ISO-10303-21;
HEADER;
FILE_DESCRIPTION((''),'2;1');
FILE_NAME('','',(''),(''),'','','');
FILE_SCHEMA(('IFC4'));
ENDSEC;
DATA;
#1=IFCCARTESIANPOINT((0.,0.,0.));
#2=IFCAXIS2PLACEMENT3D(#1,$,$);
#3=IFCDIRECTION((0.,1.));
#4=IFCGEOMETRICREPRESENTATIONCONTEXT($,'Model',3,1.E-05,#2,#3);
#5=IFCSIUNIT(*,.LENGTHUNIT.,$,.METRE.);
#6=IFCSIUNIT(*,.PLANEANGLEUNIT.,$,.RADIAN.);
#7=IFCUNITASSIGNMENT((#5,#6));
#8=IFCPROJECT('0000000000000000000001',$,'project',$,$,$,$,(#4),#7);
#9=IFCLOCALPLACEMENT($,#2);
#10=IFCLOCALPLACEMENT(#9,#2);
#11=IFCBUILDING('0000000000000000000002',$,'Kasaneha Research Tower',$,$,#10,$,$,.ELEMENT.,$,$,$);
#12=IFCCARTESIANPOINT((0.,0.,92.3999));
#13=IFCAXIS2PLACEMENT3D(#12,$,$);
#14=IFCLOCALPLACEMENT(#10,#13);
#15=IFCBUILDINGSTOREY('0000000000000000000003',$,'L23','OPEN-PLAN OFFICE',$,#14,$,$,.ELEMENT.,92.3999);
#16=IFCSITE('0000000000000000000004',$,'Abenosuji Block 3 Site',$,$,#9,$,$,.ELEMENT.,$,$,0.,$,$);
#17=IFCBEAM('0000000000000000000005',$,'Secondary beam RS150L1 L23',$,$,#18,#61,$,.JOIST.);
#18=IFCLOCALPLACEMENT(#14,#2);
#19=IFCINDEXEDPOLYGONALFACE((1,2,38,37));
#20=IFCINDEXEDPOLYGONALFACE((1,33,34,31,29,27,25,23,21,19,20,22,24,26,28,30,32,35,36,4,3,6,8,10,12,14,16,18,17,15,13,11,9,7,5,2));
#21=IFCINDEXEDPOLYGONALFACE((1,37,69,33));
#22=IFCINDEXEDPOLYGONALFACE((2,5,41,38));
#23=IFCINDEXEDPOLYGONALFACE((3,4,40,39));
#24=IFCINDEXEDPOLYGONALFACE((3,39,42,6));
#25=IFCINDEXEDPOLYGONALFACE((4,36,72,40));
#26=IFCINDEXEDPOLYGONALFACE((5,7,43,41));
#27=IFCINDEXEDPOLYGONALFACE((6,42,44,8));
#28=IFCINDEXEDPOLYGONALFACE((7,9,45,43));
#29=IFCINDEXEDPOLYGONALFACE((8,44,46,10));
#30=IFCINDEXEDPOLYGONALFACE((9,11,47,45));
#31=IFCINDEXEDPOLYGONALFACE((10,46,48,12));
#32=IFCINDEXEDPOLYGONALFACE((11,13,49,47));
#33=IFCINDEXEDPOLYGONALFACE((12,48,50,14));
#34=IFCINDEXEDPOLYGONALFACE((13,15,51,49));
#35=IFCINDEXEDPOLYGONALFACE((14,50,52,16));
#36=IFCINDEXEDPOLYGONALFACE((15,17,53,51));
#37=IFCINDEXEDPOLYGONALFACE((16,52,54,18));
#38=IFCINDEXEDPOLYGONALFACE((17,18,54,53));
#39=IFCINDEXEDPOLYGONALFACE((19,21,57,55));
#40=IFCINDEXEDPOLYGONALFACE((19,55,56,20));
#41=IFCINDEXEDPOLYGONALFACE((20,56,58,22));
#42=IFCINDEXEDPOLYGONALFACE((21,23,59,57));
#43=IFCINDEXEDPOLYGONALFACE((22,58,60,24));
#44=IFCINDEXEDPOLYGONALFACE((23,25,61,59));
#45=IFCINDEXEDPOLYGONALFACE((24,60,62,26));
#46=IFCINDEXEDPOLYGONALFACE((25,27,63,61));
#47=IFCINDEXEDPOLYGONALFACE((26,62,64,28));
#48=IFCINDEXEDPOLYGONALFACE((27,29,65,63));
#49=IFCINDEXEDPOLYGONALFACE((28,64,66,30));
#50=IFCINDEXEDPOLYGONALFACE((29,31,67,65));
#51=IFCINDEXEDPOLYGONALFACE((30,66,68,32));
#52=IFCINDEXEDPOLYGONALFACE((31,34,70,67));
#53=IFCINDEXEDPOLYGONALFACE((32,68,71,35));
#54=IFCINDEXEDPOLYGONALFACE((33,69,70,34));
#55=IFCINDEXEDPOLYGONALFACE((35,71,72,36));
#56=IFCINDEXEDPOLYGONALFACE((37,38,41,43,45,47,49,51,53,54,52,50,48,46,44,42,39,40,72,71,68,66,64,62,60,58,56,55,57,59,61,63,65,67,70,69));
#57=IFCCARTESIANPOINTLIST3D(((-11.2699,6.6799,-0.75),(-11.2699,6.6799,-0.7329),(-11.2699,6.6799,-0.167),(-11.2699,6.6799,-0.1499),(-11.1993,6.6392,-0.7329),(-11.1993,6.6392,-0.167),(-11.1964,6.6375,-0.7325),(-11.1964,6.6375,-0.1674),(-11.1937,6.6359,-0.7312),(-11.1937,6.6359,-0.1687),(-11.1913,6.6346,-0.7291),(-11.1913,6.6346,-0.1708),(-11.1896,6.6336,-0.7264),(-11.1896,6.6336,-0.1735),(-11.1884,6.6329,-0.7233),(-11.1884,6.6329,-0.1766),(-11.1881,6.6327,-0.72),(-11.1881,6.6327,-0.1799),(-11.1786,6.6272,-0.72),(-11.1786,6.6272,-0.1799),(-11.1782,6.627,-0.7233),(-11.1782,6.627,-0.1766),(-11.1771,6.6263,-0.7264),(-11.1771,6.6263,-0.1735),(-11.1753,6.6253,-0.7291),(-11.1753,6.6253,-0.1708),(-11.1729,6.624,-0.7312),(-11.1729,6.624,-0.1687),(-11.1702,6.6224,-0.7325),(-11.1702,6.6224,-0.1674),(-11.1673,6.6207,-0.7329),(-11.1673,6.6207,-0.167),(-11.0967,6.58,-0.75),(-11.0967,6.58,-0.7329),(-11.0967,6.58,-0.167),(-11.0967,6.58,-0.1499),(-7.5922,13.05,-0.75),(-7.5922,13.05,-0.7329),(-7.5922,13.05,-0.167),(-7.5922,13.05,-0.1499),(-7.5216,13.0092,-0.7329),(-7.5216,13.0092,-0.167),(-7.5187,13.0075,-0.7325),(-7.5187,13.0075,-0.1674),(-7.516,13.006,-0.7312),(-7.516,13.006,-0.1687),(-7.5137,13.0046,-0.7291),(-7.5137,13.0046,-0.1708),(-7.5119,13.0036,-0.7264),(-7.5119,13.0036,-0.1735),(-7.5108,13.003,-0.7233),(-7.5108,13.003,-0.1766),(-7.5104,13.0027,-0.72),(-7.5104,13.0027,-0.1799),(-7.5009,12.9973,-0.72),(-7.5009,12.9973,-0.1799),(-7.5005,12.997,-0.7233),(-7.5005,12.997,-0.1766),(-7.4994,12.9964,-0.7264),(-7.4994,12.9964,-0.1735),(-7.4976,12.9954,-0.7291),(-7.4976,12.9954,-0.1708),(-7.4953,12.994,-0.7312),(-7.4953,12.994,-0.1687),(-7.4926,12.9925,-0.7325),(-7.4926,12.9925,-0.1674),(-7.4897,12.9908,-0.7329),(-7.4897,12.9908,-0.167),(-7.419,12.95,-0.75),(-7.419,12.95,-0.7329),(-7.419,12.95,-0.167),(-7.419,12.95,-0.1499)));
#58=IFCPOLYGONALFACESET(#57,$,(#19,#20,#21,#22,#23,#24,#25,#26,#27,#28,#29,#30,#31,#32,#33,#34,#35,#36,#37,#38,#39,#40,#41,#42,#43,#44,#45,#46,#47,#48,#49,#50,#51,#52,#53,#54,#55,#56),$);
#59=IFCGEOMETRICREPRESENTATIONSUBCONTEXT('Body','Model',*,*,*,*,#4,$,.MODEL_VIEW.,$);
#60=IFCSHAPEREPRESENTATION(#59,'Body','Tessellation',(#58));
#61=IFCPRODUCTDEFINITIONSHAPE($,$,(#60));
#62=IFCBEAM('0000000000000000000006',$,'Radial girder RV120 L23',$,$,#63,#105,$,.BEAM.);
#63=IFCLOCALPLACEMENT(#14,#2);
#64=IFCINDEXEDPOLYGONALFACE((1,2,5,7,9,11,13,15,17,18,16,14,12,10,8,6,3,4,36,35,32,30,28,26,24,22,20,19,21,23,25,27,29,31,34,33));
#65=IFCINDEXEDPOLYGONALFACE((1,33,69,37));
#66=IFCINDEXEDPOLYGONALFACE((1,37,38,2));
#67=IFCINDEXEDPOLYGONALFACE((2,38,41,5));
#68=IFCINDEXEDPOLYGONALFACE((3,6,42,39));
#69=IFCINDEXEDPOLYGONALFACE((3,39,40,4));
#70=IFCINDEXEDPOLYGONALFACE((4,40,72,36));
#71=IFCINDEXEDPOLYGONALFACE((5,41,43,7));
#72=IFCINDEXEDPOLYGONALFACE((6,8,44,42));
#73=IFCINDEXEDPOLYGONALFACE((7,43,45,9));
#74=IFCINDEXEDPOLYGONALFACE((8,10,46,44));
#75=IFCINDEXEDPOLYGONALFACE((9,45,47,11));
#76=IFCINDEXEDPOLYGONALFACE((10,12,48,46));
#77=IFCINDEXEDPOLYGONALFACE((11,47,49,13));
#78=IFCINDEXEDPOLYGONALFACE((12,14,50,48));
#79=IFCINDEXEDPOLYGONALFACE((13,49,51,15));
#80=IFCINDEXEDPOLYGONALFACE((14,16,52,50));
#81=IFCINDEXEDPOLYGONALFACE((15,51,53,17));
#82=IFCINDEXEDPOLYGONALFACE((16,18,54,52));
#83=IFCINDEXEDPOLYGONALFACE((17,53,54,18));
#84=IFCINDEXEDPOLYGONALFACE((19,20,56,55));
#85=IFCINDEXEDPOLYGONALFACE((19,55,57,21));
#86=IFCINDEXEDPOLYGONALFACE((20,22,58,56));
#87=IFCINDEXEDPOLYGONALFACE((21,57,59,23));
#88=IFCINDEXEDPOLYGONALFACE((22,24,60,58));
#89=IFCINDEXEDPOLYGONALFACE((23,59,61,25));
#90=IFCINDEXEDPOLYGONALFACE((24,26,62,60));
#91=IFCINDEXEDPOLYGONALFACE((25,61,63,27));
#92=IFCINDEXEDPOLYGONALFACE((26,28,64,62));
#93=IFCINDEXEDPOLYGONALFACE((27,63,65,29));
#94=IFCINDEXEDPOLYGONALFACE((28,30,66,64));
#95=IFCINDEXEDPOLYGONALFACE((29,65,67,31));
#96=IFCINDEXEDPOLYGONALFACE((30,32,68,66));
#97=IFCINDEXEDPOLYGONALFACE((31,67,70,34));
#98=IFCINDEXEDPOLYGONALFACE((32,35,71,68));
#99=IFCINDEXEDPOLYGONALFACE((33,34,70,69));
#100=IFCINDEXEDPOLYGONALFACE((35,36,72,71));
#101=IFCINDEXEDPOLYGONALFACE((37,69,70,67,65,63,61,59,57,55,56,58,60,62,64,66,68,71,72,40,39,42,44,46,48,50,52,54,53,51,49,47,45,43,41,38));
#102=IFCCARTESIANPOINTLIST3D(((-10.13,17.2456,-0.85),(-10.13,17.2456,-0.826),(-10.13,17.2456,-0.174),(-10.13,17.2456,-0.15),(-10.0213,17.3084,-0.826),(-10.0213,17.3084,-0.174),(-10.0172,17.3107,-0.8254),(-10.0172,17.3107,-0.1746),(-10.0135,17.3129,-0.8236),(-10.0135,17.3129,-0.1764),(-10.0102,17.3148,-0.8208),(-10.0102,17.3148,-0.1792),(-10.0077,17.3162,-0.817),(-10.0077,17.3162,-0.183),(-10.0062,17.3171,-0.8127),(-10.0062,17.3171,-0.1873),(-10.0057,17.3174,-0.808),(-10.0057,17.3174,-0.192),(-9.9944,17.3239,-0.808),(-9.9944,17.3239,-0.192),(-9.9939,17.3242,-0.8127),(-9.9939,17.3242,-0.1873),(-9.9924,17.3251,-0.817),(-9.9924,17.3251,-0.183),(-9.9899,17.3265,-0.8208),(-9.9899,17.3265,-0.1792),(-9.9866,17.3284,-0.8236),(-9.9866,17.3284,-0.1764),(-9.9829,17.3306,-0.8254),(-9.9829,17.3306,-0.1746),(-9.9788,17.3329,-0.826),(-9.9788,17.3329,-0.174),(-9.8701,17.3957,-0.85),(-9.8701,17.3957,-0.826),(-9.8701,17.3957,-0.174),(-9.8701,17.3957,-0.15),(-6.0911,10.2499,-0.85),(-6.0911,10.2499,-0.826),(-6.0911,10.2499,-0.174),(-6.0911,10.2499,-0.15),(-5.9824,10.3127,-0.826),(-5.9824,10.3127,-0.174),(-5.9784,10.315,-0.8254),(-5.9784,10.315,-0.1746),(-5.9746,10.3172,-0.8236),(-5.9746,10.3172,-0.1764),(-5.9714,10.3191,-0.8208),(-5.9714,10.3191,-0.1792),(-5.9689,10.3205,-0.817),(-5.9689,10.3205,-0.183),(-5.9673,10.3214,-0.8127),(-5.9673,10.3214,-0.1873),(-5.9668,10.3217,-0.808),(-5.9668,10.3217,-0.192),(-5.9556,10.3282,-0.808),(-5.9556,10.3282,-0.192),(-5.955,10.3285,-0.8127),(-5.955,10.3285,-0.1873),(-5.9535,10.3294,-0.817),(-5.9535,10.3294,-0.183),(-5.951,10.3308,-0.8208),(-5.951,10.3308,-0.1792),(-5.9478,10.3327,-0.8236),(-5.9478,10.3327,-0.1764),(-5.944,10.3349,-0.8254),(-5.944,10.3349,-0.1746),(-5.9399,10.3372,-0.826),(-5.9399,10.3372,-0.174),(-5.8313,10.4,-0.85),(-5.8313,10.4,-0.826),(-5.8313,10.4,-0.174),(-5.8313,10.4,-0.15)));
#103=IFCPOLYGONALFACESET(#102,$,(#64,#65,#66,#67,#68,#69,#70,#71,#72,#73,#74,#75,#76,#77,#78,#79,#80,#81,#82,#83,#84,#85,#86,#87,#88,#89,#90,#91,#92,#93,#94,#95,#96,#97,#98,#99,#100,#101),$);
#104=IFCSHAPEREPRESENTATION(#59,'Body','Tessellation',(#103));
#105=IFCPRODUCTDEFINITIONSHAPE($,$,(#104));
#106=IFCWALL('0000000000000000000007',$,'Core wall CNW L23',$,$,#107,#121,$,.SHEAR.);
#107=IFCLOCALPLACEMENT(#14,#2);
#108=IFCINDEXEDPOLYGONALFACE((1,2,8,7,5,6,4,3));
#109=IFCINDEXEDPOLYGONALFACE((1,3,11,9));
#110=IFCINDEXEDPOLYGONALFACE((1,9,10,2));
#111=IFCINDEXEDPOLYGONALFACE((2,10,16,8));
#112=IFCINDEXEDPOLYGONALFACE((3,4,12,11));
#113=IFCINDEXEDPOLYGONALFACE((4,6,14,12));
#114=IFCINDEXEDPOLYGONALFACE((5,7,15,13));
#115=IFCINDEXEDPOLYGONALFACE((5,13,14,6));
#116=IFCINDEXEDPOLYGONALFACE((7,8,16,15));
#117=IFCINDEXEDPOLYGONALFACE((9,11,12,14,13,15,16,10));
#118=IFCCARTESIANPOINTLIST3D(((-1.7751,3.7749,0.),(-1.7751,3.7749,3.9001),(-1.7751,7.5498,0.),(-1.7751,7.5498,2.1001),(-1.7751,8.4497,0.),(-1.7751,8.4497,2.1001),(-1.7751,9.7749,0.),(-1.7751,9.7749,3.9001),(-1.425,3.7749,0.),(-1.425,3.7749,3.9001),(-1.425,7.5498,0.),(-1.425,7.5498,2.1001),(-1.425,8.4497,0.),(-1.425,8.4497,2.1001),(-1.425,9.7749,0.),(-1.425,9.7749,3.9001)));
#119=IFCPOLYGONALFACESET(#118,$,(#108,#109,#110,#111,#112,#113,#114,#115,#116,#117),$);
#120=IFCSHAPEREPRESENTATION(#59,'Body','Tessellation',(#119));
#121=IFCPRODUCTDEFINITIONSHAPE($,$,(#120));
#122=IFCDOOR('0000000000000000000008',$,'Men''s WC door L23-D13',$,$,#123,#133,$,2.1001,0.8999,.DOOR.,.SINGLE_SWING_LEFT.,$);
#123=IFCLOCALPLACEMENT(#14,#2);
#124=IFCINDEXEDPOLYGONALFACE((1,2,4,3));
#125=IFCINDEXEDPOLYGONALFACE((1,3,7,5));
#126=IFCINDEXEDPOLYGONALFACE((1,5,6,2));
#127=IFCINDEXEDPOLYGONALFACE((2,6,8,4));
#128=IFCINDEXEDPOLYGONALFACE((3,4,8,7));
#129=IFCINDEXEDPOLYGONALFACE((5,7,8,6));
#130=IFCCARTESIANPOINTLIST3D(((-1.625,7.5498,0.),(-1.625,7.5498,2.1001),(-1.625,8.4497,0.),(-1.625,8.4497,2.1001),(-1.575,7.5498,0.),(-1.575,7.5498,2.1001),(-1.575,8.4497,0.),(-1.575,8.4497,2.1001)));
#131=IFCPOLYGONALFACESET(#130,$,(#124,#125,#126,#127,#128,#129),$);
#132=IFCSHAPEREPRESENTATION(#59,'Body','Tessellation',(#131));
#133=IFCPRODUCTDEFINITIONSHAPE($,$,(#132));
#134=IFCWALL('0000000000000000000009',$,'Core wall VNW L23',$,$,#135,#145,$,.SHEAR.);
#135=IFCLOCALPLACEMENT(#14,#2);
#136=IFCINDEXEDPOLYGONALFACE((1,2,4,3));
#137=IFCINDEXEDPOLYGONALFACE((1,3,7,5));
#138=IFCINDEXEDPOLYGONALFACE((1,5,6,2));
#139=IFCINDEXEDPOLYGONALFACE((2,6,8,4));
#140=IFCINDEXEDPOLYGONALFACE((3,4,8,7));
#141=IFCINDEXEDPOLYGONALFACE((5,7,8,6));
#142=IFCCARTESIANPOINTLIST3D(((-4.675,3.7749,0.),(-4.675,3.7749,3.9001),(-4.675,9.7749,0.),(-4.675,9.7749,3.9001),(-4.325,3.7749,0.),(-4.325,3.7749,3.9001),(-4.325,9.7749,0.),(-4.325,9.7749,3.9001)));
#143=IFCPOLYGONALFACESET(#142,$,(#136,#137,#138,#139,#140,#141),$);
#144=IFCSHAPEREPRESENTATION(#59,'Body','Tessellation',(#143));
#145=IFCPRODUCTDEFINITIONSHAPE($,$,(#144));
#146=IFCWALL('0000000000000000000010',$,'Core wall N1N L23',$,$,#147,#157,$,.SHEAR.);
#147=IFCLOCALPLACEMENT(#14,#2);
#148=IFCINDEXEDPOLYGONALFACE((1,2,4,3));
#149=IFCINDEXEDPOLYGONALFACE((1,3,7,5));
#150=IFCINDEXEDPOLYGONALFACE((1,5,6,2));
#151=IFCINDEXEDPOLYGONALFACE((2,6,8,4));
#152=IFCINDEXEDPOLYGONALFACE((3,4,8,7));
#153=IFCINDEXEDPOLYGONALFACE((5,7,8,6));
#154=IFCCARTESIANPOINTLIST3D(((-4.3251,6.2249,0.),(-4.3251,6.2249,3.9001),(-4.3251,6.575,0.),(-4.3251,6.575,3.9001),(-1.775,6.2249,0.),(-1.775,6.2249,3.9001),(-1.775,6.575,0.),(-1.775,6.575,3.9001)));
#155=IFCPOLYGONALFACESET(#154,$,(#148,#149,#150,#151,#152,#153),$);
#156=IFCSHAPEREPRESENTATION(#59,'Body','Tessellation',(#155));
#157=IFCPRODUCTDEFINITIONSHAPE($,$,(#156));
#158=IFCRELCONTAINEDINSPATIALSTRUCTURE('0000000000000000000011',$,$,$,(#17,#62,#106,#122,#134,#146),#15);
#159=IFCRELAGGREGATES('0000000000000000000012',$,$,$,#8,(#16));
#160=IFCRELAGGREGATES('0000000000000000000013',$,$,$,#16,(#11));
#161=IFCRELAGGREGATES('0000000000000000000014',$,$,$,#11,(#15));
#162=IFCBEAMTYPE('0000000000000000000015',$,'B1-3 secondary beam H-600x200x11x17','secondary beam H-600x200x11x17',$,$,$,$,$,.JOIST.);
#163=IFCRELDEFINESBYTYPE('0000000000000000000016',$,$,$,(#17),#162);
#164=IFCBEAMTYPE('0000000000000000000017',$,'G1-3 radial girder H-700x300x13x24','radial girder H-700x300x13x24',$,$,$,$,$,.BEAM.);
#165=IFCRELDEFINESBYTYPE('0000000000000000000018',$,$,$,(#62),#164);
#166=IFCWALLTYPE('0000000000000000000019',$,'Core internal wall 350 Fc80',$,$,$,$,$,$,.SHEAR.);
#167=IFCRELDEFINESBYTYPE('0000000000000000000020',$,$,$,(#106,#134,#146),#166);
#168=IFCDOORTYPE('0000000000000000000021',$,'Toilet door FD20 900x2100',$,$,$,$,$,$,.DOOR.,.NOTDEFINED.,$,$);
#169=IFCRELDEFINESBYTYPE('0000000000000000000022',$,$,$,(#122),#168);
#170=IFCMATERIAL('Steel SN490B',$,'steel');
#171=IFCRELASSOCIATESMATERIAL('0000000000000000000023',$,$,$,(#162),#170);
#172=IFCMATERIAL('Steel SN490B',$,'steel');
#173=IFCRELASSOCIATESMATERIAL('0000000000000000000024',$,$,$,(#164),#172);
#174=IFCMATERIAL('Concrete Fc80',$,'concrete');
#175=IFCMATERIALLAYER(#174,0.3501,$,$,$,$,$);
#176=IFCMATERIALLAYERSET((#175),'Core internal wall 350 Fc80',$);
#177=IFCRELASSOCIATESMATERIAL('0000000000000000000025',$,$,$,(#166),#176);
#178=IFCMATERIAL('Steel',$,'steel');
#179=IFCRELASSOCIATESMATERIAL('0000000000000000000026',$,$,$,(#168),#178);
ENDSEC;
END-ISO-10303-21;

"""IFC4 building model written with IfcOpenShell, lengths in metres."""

from ifc_helpers import new_model, si_unit, direction, frame, frame_2d, origin, origin_2d, place, context, subcontext, project, spatial, rectangle, i_section, extrude, material, layer, layer_set, material_profile, profile_set, type_object, element, fill, save


model = new_model("IFC4")

# Units and contexts
model_context = context("Model", 3, precision=1e-05, world=origin(), true_north=direction((0.0, 1.0)))
body_context = subcontext(model_context, "Body", "Model", "MODEL_VIEW")
ifc_project = project(units=[si_unit("LENGTHUNIT", "METRE"), si_unit("PLANEANGLEUNIT", "RADIAN")], contexts=[model_context])

# Site, building, storey
site_placement = place(None, origin())
site = spatial("IfcSite", under=ifc_project, at=site_placement, Name="Abenosuji Block 3 Site", CompositionType="ELEMENT", RefElevation=0.0)
building_placement = place(site_placement, origin())
building = spatial("IfcBuilding", under=site, at=building_placement, Name="Kasaneha Research Tower", CompositionType="ELEMENT")
storey_placement = place(building_placement, frame((0.0, 0.0, 92.3999)))
storey = spatial("IfcBuildingStorey", under=building, at=storey_placement, Name="L23", Description="OPEN-PLAN OFFICE", CompositionType="ELEMENT", Elevation=92.3999)

# Beams
ifc_material_1 = material(Name="Steel SN490B", Category="steel")
ifc_material_profile_1 = material_profile(ifc_material_1, i_section(OverallWidth=0.2, OverallDepth=0.6001, WebThickness=0.011, FlangeThickness=0.0171, FilletRadius=0.0129, at=origin_2d()), Name="H-600x200x11x17")
ifc_profile_set_1 = profile_set([ifc_material_profile_1], Name="Steel SN490B")
beam_type_1 = type_object("IfcBeamType", Name="B1-3 secondary beam H-600x200x11x17", Description="secondary beam H-600x200x11x17", PredefinedType="JOIST", material=ifc_profile_set_1)
beam_1_placement = place(storey_placement, frame((-7.5056, 13.0, -0.45), z_axis=(-0.499994, -0.866029, 0.0), x_axis=(0.866029, -0.499994, 0.0)))
element("IfcBeam", 1, at=beam_1_placement, inside=storey, type_object=beam_type_1, Name="Secondary beam RS150L1 L23", PredefinedType="JOIST", context=body_context, shape_type="SweptSolid", body=[
    extrude(i_section(OverallWidth=0.2, OverallDepth=0.6001, WebThickness=0.011, FlangeThickness=0.0171, FilletRadius=0.0129, at=origin_2d()), origin(), (0.0, 0.0, 1.0), 7.3555),
])
ifc_material_2 = material(Name="Steel SN490B", Category="steel")
ifc_material_profile_2 = material_profile(ifc_material_2, i_section(OverallWidth=0.3, OverallDepth=0.7, WebThickness=0.0129, FlangeThickness=0.0239, FilletRadius=0.0181, at=origin_2d()), Name="H-700x300x13x24")
ifc_profile_set_2 = profile_set([ifc_material_profile_2], Name="Steel SN490B")
beam_type_2 = type_object("IfcBeamType", Name="G1-3 radial girder H-700x300x13x24", Description="radial girder H-700x300x13x24", PredefinedType="BEAM", material=ifc_profile_set_2)
beam_2_placement = place(storey_placement, frame((-5.9612, 10.325, -0.5), z_axis=(-0.499991, 0.866031, 0.0), x_axis=(-0.866031, -0.499991, 0.0)))
element("IfcBeam", 2, at=beam_2_placement, inside=storey, type_object=beam_type_2, Name="Radial girder RV120 L23", PredefinedType="BEAM", context=body_context, shape_type="SweptSolid", body=[
    extrude(i_section(OverallWidth=0.3, OverallDepth=0.7, WebThickness=0.0129, FlangeThickness=0.0239, FilletRadius=0.0181, at=origin_2d()), origin(), (0.0, 0.0, 1.0), 8.0779),
])

# Wall, opening, door
ifc_material_3 = material(Name="Concrete Fc80", Category="concrete")
ifc_layer_1 = layer(ifc_material_3, 0.3501)
ifc_layer_set_1 = layer_set([ifc_layer_1], Name="Core internal wall 350 Fc80")
wall_type_1 = type_object("IfcWallType", Name="Core internal wall 350 Fc80", PredefinedType="SHEAR", material=ifc_layer_set_1)
wall_1_placement = place(storey_placement, frame((-1.6001, 3.7749, 0.0), z_axis=(0.0, 0.0, 1.0), x_axis=(0.0, 1.0, 0.0)))
wall_1 = element("IfcWall", 3, at=wall_1_placement, inside=storey, type_object=wall_type_1, Name="Core wall CNW L23", PredefinedType="SHEAR", context=body_context, shape_type="SweptSolid", body=[
    extrude(rectangle(XDim=6.0, YDim=0.3501, at=frame_2d((3.0, 0.0))), origin(), (0.0, 0.0, 1.0), 3.9001),
])
opening_1_placement = place(wall_1_placement, frame((3.7749, 0.0, 0.0)))
opening_1 = element("IfcOpeningElement", 4, at=opening_1_placement, cuts=wall_1, PredefinedType="OPENING", context=body_context, shape_type="SweptSolid", body=[
    extrude(rectangle(XDim=0.8999, YDim=2.1001, at=frame_2d((0.45, 1.05))), frame((0.0, 0.1851, 0.0), z_axis=(0.0, -1.0, 0.0), x_axis=(1.0, 0.0, 0.0)), (0.0, 0.0, 1.0), 0.3701),
])
ifc_material_4 = material(Name="Steel", Category="steel")
door_type_1 = type_object("IfcDoorType", Name="Toilet door FD20 900x2100", OperationType="NOTDEFINED", PredefinedType="DOOR", material=ifc_material_4)
door_1_placement = place(opening_1_placement, origin())
door_1 = element("IfcDoor", 5, at=door_1_placement, inside=storey, type_object=door_type_1, Name="Men's WC door L23-D13", OperationType="SINGLE_SWING_LEFT", OverallHeight=2.1001, OverallWidth=0.8999, PredefinedType="DOOR", context=body_context, shape_type="SweptSolid", body=[
    extrude(rectangle(XDim=0.8999, YDim=2.1001, at=frame_2d((0.45, 1.05))), frame((0.0, 0.0249, 0.0), z_axis=(0.0, -1.0, 0.0), x_axis=(1.0, 0.0, 0.0)), (0.0, 0.0, 1.0), 0.05),
])
fill(opening_1, door_1)

# Walls
wall_2_placement = place(storey_placement, frame((-4.5, 3.7749, 0.0), z_axis=(0.0, 0.0, 1.0), x_axis=(0.0, 1.0, 0.0)))
element("IfcWall", 6, at=wall_2_placement, inside=storey, type_object=wall_type_1, Name="Core wall VNW L23", PredefinedType="SHEAR", context=body_context, shape_type="SweptSolid", body=[
    extrude(rectangle(XDim=6.0, YDim=0.3501, at=frame_2d((3.0, 0.0))), origin(), (0.0, 0.0, 1.0), 3.9001),
])
wall_3_placement = place(storey_placement, frame((-4.325, 6.3999, 0.0), z_axis=(0.0, 0.0, 1.0), x_axis=(1.0, 0.0, 0.0)))
element("IfcWall", 7, at=wall_3_placement, inside=storey, type_object=wall_type_1, Name="Core wall N1N L23", PredefinedType="SHEAR", context=body_context, shape_type="SweptSolid", body=[
    extrude(rectangle(XDim=2.55, YDim=0.3501, at=frame_2d((1.2749, 0.0))), origin(), (0.0, 0.0, 1.0), 3.9001),
])

save(model, "model.ifc")
